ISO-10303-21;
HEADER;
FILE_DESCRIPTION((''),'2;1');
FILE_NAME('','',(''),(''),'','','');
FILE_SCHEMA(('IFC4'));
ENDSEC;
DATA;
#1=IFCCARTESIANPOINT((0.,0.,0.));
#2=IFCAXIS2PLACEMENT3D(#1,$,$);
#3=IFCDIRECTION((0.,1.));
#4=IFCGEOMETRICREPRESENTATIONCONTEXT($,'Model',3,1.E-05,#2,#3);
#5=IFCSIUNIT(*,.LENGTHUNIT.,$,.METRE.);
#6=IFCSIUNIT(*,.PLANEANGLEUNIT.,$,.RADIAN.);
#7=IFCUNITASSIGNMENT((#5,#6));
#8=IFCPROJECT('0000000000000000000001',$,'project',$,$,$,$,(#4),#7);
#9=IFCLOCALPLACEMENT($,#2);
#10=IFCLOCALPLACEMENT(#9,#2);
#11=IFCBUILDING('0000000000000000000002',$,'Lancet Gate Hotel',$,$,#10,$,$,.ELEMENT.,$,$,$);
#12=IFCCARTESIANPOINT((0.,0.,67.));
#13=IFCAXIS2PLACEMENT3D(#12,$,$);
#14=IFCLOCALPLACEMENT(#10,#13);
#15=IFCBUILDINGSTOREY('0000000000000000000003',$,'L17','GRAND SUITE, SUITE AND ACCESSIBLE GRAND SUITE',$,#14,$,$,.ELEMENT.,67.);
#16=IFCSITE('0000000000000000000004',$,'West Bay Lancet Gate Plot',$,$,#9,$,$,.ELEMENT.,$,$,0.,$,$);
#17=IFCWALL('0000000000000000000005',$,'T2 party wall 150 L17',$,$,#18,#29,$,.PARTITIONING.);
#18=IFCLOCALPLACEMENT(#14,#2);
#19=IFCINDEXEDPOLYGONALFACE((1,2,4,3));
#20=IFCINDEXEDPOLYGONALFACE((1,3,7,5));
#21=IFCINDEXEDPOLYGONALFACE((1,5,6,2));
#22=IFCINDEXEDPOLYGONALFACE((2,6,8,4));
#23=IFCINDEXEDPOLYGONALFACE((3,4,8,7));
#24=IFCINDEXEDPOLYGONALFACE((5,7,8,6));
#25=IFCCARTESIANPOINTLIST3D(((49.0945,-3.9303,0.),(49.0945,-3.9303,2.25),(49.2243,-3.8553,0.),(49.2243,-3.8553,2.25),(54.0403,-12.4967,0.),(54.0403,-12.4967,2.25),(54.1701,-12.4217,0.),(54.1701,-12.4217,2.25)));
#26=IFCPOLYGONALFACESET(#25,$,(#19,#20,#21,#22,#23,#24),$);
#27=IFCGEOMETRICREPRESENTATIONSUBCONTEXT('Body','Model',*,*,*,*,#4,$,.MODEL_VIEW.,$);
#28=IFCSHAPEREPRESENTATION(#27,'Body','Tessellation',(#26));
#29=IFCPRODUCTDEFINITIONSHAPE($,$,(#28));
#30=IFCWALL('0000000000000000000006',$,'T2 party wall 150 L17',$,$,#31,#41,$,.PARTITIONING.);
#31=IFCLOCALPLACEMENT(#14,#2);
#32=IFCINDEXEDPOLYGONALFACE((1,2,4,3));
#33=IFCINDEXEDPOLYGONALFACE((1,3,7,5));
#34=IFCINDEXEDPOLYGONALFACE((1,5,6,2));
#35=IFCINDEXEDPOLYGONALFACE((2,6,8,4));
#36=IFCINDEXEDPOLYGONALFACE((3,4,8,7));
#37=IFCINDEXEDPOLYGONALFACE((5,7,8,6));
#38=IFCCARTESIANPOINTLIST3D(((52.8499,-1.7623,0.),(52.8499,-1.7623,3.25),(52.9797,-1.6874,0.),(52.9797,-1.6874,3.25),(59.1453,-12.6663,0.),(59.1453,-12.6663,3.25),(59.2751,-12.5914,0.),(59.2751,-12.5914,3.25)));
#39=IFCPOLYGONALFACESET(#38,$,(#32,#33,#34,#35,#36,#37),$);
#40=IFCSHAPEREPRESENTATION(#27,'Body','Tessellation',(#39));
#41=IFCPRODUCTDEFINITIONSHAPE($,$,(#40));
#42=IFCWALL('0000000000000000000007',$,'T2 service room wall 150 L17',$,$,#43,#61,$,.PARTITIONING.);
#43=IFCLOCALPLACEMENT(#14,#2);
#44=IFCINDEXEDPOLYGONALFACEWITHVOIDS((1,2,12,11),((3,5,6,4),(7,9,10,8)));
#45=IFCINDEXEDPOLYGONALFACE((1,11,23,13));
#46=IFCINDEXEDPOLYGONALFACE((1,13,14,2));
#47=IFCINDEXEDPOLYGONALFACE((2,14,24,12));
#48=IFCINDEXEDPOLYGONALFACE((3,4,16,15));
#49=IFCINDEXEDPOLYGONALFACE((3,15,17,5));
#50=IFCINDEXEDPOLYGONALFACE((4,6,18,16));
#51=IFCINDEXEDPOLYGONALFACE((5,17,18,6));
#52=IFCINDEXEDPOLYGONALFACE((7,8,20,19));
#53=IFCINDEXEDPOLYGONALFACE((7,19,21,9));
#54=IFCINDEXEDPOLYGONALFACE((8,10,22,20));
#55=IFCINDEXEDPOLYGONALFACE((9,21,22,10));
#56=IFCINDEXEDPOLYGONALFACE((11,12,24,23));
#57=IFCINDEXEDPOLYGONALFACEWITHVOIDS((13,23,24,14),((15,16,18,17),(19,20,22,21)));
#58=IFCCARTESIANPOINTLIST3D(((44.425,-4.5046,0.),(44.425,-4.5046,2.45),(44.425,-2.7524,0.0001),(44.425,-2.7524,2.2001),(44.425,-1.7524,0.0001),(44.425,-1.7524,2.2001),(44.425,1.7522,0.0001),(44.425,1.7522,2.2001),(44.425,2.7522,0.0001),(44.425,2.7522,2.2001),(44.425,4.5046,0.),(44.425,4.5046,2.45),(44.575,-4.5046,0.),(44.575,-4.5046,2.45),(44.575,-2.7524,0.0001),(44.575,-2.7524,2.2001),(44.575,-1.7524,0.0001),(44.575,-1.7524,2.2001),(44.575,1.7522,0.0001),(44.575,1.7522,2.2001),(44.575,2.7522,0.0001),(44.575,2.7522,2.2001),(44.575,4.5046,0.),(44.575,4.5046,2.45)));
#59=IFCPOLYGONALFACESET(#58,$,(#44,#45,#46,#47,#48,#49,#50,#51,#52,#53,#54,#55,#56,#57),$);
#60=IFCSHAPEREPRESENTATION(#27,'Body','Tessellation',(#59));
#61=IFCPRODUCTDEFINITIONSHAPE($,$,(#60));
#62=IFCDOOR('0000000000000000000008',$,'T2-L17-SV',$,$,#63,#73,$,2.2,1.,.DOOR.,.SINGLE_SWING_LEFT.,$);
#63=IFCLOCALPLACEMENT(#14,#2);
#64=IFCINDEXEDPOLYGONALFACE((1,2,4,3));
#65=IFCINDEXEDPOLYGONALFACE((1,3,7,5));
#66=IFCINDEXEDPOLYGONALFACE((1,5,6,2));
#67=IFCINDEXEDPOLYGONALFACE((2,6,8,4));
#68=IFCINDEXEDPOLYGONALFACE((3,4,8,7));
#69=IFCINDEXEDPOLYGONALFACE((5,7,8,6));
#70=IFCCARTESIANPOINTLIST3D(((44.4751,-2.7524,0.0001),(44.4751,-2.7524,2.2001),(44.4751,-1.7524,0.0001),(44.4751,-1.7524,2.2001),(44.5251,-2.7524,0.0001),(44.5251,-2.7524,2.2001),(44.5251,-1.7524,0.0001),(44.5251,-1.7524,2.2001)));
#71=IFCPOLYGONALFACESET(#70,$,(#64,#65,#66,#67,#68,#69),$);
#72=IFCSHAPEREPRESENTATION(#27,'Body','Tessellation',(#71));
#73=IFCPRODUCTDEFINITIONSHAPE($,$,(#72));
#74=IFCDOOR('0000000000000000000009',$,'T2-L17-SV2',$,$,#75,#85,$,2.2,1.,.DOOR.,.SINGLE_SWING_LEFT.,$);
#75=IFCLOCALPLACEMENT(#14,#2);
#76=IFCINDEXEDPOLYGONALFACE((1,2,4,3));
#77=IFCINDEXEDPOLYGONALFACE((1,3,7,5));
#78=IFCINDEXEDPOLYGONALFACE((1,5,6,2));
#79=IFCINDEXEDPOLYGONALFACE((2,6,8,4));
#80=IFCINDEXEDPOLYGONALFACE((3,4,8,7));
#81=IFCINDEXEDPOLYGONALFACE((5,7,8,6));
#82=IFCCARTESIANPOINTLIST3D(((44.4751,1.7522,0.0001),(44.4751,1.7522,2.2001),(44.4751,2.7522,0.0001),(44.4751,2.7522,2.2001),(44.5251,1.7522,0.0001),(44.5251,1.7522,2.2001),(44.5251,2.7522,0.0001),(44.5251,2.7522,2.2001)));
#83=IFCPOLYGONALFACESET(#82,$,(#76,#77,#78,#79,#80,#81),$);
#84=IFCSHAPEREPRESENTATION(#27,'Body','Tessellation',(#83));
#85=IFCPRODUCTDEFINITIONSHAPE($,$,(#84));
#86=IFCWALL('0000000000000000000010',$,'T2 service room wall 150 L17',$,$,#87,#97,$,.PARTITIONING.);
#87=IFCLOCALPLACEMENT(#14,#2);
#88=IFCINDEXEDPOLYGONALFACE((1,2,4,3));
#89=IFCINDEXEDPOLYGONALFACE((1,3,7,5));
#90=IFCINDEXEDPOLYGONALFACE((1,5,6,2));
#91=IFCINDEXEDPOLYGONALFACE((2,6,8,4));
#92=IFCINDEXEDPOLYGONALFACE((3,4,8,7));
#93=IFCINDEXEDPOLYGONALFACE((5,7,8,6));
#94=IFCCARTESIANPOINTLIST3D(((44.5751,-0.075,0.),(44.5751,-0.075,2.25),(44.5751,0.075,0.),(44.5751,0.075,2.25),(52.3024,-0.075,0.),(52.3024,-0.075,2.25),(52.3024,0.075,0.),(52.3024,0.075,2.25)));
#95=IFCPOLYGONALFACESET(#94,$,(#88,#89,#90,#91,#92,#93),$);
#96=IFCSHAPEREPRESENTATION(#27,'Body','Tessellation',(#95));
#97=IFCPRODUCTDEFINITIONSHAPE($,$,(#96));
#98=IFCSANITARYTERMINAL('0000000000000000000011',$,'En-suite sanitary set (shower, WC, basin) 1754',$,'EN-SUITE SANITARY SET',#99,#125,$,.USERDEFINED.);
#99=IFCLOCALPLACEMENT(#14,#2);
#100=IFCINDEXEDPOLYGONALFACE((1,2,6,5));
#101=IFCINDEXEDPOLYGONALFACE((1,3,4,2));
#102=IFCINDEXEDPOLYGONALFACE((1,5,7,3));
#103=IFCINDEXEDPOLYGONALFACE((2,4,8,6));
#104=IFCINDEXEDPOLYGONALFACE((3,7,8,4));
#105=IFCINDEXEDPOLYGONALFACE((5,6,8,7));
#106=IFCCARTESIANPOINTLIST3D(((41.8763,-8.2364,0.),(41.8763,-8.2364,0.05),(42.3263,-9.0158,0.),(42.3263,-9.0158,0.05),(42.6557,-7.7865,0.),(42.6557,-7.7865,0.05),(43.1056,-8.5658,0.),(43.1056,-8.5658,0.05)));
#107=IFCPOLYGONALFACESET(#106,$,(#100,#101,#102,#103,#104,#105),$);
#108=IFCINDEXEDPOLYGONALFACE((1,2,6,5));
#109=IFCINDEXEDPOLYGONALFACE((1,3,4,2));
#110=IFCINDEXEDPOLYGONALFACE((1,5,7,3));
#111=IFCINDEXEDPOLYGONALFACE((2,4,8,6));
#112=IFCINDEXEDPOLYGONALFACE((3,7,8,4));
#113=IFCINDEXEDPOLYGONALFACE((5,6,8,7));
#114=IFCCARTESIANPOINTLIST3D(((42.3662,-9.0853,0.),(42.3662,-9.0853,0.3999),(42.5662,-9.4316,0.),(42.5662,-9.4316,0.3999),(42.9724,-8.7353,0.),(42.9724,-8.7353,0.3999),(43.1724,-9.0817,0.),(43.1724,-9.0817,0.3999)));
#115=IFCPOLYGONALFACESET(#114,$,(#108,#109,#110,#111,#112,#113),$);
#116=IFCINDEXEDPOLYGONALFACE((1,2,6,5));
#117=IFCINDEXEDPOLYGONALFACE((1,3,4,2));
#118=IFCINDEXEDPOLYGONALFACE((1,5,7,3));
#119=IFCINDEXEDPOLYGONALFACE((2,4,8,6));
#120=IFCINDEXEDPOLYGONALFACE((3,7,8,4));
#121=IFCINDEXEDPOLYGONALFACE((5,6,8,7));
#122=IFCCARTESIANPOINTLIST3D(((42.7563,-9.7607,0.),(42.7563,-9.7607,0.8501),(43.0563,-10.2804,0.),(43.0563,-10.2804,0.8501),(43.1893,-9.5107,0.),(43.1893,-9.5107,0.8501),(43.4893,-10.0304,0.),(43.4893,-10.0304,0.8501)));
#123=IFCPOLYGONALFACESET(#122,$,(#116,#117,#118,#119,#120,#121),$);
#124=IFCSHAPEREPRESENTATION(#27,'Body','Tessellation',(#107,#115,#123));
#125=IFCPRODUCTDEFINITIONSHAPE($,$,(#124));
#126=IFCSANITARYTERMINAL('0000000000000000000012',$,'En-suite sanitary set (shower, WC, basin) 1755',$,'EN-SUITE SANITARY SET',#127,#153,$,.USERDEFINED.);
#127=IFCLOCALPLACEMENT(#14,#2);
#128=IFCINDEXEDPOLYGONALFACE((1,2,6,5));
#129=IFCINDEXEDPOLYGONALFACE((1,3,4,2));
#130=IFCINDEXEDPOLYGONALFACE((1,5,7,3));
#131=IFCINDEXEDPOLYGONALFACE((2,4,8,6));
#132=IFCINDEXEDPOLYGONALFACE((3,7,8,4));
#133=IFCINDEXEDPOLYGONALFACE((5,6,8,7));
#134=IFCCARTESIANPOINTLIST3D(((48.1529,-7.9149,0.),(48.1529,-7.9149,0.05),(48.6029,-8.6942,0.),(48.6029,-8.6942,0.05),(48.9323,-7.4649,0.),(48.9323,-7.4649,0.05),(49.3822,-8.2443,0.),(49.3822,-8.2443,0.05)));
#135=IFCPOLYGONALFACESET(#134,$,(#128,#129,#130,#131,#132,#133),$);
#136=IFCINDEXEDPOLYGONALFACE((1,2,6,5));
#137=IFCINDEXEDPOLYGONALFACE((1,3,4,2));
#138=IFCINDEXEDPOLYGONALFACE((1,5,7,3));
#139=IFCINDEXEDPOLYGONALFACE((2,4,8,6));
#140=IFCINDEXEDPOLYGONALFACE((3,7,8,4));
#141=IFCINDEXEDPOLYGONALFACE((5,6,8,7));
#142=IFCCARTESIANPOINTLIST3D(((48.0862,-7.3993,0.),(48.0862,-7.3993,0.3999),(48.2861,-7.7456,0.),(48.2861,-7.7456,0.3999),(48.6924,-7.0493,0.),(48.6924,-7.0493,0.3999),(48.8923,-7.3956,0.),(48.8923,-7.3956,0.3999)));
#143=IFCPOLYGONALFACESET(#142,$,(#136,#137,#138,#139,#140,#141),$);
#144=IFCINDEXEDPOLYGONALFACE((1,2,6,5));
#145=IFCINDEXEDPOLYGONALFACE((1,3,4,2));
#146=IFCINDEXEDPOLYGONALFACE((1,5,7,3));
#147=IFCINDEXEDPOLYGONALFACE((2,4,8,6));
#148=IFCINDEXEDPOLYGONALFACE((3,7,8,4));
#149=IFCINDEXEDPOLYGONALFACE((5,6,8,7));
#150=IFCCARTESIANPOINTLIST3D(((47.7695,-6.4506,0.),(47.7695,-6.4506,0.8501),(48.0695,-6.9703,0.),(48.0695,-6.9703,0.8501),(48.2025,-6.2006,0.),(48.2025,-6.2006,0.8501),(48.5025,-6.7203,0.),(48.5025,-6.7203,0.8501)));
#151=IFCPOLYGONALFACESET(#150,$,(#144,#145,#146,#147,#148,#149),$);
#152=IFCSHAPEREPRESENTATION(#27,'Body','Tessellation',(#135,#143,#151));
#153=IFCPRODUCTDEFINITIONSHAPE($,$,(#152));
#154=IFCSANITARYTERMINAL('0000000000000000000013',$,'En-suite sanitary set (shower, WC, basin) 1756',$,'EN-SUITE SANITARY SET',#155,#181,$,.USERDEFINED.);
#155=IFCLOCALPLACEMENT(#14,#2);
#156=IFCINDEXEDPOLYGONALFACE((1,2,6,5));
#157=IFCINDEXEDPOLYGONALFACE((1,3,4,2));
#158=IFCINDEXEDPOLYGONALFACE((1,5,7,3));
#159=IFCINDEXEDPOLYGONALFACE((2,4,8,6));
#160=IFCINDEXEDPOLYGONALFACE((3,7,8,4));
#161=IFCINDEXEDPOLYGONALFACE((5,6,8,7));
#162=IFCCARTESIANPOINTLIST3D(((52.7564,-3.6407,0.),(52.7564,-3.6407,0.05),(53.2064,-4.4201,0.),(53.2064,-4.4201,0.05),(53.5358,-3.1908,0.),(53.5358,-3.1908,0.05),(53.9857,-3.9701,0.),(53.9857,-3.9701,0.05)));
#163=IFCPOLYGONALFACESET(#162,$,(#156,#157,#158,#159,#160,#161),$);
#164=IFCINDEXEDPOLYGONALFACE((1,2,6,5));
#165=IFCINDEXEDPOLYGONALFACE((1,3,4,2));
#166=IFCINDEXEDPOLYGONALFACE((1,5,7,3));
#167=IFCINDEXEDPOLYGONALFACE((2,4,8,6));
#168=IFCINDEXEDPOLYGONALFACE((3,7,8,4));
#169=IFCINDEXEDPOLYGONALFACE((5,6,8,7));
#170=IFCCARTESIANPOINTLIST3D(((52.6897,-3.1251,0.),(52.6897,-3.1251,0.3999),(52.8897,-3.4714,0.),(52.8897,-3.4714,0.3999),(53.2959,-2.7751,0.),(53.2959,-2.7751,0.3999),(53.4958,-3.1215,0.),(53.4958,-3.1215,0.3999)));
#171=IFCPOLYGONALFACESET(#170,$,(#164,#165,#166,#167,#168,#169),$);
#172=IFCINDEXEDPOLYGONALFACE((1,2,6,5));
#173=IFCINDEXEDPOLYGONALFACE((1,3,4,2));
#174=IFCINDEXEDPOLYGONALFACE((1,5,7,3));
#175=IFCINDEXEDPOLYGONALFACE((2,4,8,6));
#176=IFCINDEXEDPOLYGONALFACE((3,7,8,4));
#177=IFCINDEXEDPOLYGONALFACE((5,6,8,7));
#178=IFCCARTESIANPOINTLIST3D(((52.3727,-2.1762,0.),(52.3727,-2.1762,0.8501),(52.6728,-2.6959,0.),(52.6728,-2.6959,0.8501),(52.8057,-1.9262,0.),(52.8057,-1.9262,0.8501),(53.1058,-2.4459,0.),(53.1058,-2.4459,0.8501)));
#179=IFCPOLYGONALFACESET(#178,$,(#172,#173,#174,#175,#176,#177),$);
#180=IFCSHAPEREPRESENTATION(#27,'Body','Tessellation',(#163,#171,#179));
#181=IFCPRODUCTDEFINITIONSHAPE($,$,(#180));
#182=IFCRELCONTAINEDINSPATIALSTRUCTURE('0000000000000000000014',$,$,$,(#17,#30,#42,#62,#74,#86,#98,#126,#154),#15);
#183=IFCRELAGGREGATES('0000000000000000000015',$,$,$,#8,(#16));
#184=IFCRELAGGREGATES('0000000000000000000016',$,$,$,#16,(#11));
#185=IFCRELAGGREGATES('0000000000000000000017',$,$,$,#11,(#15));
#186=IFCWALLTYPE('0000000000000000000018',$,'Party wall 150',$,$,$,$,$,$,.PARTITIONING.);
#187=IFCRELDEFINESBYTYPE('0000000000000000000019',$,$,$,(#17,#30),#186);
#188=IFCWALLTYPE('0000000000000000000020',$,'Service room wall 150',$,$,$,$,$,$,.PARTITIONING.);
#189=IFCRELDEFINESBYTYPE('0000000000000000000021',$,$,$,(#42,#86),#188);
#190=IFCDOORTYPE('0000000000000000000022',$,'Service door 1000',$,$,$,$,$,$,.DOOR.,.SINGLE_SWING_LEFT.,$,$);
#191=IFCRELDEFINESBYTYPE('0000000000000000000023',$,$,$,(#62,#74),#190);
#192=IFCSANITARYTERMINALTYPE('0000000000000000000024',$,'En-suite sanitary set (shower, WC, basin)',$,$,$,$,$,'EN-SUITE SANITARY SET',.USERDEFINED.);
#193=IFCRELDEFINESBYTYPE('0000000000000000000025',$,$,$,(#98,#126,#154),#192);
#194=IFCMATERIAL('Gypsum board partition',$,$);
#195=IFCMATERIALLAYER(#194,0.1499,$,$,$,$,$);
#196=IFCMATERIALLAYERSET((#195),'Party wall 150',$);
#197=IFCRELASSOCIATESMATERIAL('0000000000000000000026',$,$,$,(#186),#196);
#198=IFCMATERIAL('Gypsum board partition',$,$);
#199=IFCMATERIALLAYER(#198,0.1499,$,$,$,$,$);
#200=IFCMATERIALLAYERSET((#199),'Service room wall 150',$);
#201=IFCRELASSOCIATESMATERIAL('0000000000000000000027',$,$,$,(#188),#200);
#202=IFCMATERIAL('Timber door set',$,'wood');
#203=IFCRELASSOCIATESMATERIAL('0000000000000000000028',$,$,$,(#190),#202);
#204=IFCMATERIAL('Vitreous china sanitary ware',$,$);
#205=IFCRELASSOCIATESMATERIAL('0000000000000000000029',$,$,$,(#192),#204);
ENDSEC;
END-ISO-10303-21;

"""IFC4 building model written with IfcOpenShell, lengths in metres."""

from ifc_helpers import new_model, si_unit, direction, frame, frame_2d, origin, origin_2d, place, context, subcontext, project, spatial, rectangle, extrude, material, layer, layer_set, type_object, element, fill, save


model = new_model("IFC4")

# Units and contexts
model_context = context("Model", 3, precision=1e-05, world=origin(), true_north=direction((0.0, 1.0)))
body_context = subcontext(model_context, "Body", "Model", "MODEL_VIEW")
ifc_project = project(units=[si_unit("LENGTHUNIT", "METRE"), si_unit("PLANEANGLEUNIT", "RADIAN")], contexts=[model_context])

# Site, building, storey
site_placement = place(None, origin())
site = spatial("IfcSite", under=ifc_project, at=site_placement, Name="West Bay Lancet Gate Plot", CompositionType="ELEMENT", RefElevation=0.0)
building_placement = place(site_placement, origin())
building = spatial("IfcBuilding", under=site, at=building_placement, Name="Lancet Gate Hotel", CompositionType="ELEMENT")
storey_placement = place(building_placement, frame((0.0, 0.0, 67.0)))
storey = spatial("IfcBuildingStorey", under=building, at=storey_placement, Name="L17", Description="GRAND SUITE, SUITE AND ACCESSIBLE GRAND SUITE", CompositionType="ELEMENT", Elevation=67.0)

# Walls
ifc_material_1 = material(Name="Gypsum board partition")
ifc_layer_1 = layer(ifc_material_1, 0.1499)
ifc_layer_set_1 = layer_set([ifc_layer_1], Name="Party wall 150")
wall_type_1 = type_object("IfcWallType", Name="Party wall 150", PredefinedType="PARTITIONING", material=ifc_layer_set_1)
wall_1_placement = place(storey_placement, frame((49.1594, -3.8928, 0.0), z_axis=(0.0, 0.0, 1.0), x_axis=(0.499999, -0.866026, 0.0)))
element("IfcWall", 1, at=wall_1_placement, inside=storey, type_object=wall_type_1, Name="T2 party wall 150 L17", PredefinedType="PARTITIONING", context=body_context, shape_type="SweptSolid", body=[
    extrude(rectangle(XDim=9.8916, YDim=0.1499, at=frame_2d((4.9458, 0.0))), origin(), (0.0, 0.0, 1.0), 2.25),
])
wall_2_placement = place(storey_placement, frame((52.9148, -1.7249, 0.0), z_axis=(0.0, 0.0, 1.0), x_axis=(0.499997, -0.866027, 0.0)))
element("IfcWall", 2, at=wall_2_placement, inside=storey, type_object=wall_type_1, Name="T2 party wall 150 L17", PredefinedType="PARTITIONING", context=body_context, shape_type="SweptSolid", body=[
    extrude(rectangle(XDim=12.5908, YDim=0.1499, at=frame_2d((6.2954, 0.0))), origin(), (0.0, 0.0, 1.0), 3.25),
])

# Wall, openings, doors
ifc_material_2 = material(Name="Gypsum board partition")
ifc_layer_2 = layer(ifc_material_2, 0.1499)
ifc_layer_set_2 = layer_set([ifc_layer_2], Name="Service room wall 150")
wall_type_2 = type_object("IfcWallType", Name="Service room wall 150", PredefinedType="PARTITIONING", material=ifc_layer_set_2)
wall_3_placement = place(storey_placement, frame((44.5, -4.5046, 0.0), z_axis=(0.0, 0.0, 1.0), x_axis=(0.0, 1.0, 0.0)))
wall_3 = element("IfcWall", 3, at=wall_3_placement, inside=storey, type_object=wall_type_2, Name="T2 service room wall 150 L17", PredefinedType="PARTITIONING", context=body_context, shape_type="SweptSolid", body=[
    extrude(rectangle(XDim=9.0093, YDim=0.1499, at=frame_2d((4.5046, 0.0))), origin(), (0.0, 0.0, 1.0), 2.45),
])
opening_1_placement = place(wall_3_placement, frame((1.7522, 0.0, 0.0)))
opening_1 = element("IfcOpeningElement", 4, at=opening_1_placement, cuts=wall_3, PredefinedType="OPENING", context=body_context, shape_type="SweptSolid", body=[
    extrude(rectangle(XDim=1.0, YDim=2.2, at=frame_2d((0.5, 1.1001))), frame((0.0, 0.085, 0.0), z_axis=(0.0, -1.0, 0.0), x_axis=(1.0, 0.0, 0.0)), (0.0, 0.0, 1.0), 0.1699),
])
opening_2_placement = place(wall_3_placement, frame((6.2568, 0.0, 0.0)))
opening_2 = element("IfcOpeningElement", 5, at=opening_2_placement, cuts=wall_3, PredefinedType="OPENING", context=body_context, shape_type="SweptSolid", body=[
    extrude(rectangle(XDim=1.0, YDim=2.2, at=frame_2d((0.5, 1.1001))), frame((0.0, 0.085, 0.0), z_axis=(0.0, -1.0, 0.0), x_axis=(1.0, 0.0, 0.0)), (0.0, 0.0, 1.0), 0.1699),
])
ifc_material_3 = material(Name="Timber door set", Category="wood")
door_type_1 = type_object("IfcDoorType", Name="Service door 1000", OperationType="SINGLE_SWING_LEFT", PredefinedType="DOOR", material=ifc_material_3)
door_1_placement = place(opening_1_placement, origin())
door_1 = element("IfcDoor", 6, at=door_1_placement, inside=storey, type_object=door_type_1, Name="T2-L17-SV", OperationType="SINGLE_SWING_LEFT", OverallHeight=2.2, OverallWidth=1.0, PredefinedType="DOOR", context=body_context, shape_type="SweptSolid", body=[
    extrude(rectangle(XDim=1.0, YDim=2.2, at=frame_2d((0.5, 1.1001))), frame((0.0, 0.0249, 0.0), z_axis=(0.0, -1.0, 0.0), x_axis=(1.0, 0.0, 0.0)), (0.0, 0.0, 1.0), 0.05),
])
fill(opening_1, door_1)
door_2_placement = place(opening_2_placement, origin())
door_2 = element("IfcDoor", 7, at=door_2_placement, inside=storey, type_object=door_type_1, Name="T2-L17-SV2", OperationType="SINGLE_SWING_LEFT", OverallHeight=2.2, OverallWidth=1.0, PredefinedType="DOOR", context=body_context, shape_type="SweptSolid", body=[
    extrude(rectangle(XDim=1.0, YDim=2.2, at=frame_2d((0.5, 1.1001))), frame((0.0, 0.0249, 0.0), z_axis=(0.0, -1.0, 0.0), x_axis=(1.0, 0.0, 0.0)), (0.0, 0.0, 1.0), 0.05),
])
fill(opening_2, door_2)

# Wall
wall_4_placement = place(storey_placement, frame((44.575, 0.0, 0.0), z_axis=(0.0, 0.0, 1.0), x_axis=(1.0, 0.0, 0.0)))
element("IfcWall", 8, at=wall_4_placement, inside=storey, type_object=wall_type_2, Name="T2 service room wall 150 L17", PredefinedType="PARTITIONING", context=body_context, shape_type="SweptSolid", body=[
    extrude(rectangle(XDim=7.7273, YDim=0.1499, at=frame_2d((3.8638, 0.0))), origin(), (0.0, 0.0, 1.0), 2.25),
])

# Sanitary terminals
ifc_material_4 = material(Name="Vitreous china sanitary ware")
sanitary_terminal_type = type_object("IfcSanitaryTerminalType", Name="En-suite sanitary set (shower, WC, basin)", ElementType="EN-SUITE SANITARY SET", PredefinedType="USERDEFINED", material=ifc_material_4)
sanitary_terminal_1_placement = place(storey_placement, frame((42.491, -8.4011, 0.0), z_axis=(0.0, 0.0, 1.0), x_axis=(1.0, 0.0, 0.0)))
element("IfcSanitaryTerminal", 9, at=sanitary_terminal_1_placement, inside=storey, type_object=sanitary_terminal_type, Name="En-suite sanitary set (shower, WC, basin) 1754", ObjectType="EN-SUITE SANITARY SET", PredefinedType="USERDEFINED", context=body_context, shape_type="SweptSolid", body=[
    extrude(rectangle(XDim=0.8999, YDim=0.8999, at=origin_2d()), frame((0.0, 0.0, 0.0), z_axis=(0.0, 0.0, 1.0), x_axis=(-0.5, 0.866025, 0.0)), (0.0, 0.0, 1.0), 0.05),
    extrude(rectangle(XDim=0.3999, YDim=0.7, at=origin_2d()), frame((0.2783, -0.6824, 0.0), z_axis=(0.0, 0.0, 1.0), x_axis=(-0.5, 0.866025, 0.0)), (0.0, 0.0, 1.0), 0.3999),
    extrude(rectangle(XDim=0.6001, YDim=0.5, at=origin_2d()), frame((0.6318, -1.4944, 0.0), z_axis=(0.0, 0.0, 1.0), x_axis=(-0.5, 0.866025, 0.0)), (0.0, 0.0, 1.0), 0.8501),
])
sanitary_terminal_2_placement = place(storey_placement, frame((48.7676, -8.0796, 0.0), z_axis=(0.0, 0.0, 1.0), x_axis=(1.0, 0.0, 0.0)))
element("IfcSanitaryTerminal", 10, at=sanitary_terminal_2_placement, inside=storey, type_object=sanitary_terminal_type, Name="En-suite sanitary set (shower, WC, basin) 1755", ObjectType="EN-SUITE SANITARY SET", PredefinedType="USERDEFINED", context=body_context, shape_type="SweptSolid", body=[
    extrude(rectangle(XDim=0.8999, YDim=0.8999, at=origin_2d()), frame((0.0, 0.0, 0.0), z_axis=(0.0, 0.0, 1.0), x_axis=(0.5, -0.866025, 0.0)), (0.0, 0.0, 1.0), 0.05),
    extrude(rectangle(XDim=0.3999, YDim=0.7, at=origin_2d()), frame((-0.2783, 0.6821, 0.0), z_axis=(0.0, 0.0, 1.0), x_axis=(0.5, -0.866025, 0.0)), (0.0, 0.0, 1.0), 0.3999),
    extrude(rectangle(XDim=0.6001, YDim=0.5, at=origin_2d()), frame((-0.6316, 1.4941, 0.0), z_axis=(0.0, 0.0, 1.0), x_axis=(0.5, -0.866025, 0.0)), (0.0, 0.0, 1.0), 0.8501),
])
sanitary_terminal_3_placement = place(storey_placement, frame((53.3711, -3.8054, 0.0), z_axis=(0.0, 0.0, 1.0), x_axis=(1.0, 0.0, 0.0)))
element("IfcSanitaryTerminal", 11, at=sanitary_terminal_3_placement, inside=storey, type_object=sanitary_terminal_type, Name="En-suite sanitary set (shower, WC, basin) 1756", ObjectType="EN-SUITE SANITARY SET", PredefinedType="USERDEFINED", context=body_context, shape_type="SweptSolid", body=[
    extrude(rectangle(XDim=0.8999, YDim=0.8999, at=origin_2d()), frame((0.0, 0.0, 0.0), z_axis=(0.0, 0.0, 1.0), x_axis=(0.5, -0.866025, 0.0)), (0.0, 0.0, 1.0), 0.05),
    extrude(rectangle(XDim=0.3999, YDim=0.7, at=origin_2d()), frame((-0.2783, 0.6821, 0.0), z_axis=(0.0, 0.0, 1.0), x_axis=(0.5, -0.866025, 0.0)), (0.0, 0.0, 1.0), 0.3999),
    extrude(rectangle(XDim=0.6001, YDim=0.5, at=origin_2d()), frame((-0.6318, 1.4944, 0.0), z_axis=(0.0, 0.0, 1.0), x_axis=(0.5, -0.866025, 0.0)), (0.0, 0.0, 1.0), 0.8501),
])

save(model, "model.ifc")
